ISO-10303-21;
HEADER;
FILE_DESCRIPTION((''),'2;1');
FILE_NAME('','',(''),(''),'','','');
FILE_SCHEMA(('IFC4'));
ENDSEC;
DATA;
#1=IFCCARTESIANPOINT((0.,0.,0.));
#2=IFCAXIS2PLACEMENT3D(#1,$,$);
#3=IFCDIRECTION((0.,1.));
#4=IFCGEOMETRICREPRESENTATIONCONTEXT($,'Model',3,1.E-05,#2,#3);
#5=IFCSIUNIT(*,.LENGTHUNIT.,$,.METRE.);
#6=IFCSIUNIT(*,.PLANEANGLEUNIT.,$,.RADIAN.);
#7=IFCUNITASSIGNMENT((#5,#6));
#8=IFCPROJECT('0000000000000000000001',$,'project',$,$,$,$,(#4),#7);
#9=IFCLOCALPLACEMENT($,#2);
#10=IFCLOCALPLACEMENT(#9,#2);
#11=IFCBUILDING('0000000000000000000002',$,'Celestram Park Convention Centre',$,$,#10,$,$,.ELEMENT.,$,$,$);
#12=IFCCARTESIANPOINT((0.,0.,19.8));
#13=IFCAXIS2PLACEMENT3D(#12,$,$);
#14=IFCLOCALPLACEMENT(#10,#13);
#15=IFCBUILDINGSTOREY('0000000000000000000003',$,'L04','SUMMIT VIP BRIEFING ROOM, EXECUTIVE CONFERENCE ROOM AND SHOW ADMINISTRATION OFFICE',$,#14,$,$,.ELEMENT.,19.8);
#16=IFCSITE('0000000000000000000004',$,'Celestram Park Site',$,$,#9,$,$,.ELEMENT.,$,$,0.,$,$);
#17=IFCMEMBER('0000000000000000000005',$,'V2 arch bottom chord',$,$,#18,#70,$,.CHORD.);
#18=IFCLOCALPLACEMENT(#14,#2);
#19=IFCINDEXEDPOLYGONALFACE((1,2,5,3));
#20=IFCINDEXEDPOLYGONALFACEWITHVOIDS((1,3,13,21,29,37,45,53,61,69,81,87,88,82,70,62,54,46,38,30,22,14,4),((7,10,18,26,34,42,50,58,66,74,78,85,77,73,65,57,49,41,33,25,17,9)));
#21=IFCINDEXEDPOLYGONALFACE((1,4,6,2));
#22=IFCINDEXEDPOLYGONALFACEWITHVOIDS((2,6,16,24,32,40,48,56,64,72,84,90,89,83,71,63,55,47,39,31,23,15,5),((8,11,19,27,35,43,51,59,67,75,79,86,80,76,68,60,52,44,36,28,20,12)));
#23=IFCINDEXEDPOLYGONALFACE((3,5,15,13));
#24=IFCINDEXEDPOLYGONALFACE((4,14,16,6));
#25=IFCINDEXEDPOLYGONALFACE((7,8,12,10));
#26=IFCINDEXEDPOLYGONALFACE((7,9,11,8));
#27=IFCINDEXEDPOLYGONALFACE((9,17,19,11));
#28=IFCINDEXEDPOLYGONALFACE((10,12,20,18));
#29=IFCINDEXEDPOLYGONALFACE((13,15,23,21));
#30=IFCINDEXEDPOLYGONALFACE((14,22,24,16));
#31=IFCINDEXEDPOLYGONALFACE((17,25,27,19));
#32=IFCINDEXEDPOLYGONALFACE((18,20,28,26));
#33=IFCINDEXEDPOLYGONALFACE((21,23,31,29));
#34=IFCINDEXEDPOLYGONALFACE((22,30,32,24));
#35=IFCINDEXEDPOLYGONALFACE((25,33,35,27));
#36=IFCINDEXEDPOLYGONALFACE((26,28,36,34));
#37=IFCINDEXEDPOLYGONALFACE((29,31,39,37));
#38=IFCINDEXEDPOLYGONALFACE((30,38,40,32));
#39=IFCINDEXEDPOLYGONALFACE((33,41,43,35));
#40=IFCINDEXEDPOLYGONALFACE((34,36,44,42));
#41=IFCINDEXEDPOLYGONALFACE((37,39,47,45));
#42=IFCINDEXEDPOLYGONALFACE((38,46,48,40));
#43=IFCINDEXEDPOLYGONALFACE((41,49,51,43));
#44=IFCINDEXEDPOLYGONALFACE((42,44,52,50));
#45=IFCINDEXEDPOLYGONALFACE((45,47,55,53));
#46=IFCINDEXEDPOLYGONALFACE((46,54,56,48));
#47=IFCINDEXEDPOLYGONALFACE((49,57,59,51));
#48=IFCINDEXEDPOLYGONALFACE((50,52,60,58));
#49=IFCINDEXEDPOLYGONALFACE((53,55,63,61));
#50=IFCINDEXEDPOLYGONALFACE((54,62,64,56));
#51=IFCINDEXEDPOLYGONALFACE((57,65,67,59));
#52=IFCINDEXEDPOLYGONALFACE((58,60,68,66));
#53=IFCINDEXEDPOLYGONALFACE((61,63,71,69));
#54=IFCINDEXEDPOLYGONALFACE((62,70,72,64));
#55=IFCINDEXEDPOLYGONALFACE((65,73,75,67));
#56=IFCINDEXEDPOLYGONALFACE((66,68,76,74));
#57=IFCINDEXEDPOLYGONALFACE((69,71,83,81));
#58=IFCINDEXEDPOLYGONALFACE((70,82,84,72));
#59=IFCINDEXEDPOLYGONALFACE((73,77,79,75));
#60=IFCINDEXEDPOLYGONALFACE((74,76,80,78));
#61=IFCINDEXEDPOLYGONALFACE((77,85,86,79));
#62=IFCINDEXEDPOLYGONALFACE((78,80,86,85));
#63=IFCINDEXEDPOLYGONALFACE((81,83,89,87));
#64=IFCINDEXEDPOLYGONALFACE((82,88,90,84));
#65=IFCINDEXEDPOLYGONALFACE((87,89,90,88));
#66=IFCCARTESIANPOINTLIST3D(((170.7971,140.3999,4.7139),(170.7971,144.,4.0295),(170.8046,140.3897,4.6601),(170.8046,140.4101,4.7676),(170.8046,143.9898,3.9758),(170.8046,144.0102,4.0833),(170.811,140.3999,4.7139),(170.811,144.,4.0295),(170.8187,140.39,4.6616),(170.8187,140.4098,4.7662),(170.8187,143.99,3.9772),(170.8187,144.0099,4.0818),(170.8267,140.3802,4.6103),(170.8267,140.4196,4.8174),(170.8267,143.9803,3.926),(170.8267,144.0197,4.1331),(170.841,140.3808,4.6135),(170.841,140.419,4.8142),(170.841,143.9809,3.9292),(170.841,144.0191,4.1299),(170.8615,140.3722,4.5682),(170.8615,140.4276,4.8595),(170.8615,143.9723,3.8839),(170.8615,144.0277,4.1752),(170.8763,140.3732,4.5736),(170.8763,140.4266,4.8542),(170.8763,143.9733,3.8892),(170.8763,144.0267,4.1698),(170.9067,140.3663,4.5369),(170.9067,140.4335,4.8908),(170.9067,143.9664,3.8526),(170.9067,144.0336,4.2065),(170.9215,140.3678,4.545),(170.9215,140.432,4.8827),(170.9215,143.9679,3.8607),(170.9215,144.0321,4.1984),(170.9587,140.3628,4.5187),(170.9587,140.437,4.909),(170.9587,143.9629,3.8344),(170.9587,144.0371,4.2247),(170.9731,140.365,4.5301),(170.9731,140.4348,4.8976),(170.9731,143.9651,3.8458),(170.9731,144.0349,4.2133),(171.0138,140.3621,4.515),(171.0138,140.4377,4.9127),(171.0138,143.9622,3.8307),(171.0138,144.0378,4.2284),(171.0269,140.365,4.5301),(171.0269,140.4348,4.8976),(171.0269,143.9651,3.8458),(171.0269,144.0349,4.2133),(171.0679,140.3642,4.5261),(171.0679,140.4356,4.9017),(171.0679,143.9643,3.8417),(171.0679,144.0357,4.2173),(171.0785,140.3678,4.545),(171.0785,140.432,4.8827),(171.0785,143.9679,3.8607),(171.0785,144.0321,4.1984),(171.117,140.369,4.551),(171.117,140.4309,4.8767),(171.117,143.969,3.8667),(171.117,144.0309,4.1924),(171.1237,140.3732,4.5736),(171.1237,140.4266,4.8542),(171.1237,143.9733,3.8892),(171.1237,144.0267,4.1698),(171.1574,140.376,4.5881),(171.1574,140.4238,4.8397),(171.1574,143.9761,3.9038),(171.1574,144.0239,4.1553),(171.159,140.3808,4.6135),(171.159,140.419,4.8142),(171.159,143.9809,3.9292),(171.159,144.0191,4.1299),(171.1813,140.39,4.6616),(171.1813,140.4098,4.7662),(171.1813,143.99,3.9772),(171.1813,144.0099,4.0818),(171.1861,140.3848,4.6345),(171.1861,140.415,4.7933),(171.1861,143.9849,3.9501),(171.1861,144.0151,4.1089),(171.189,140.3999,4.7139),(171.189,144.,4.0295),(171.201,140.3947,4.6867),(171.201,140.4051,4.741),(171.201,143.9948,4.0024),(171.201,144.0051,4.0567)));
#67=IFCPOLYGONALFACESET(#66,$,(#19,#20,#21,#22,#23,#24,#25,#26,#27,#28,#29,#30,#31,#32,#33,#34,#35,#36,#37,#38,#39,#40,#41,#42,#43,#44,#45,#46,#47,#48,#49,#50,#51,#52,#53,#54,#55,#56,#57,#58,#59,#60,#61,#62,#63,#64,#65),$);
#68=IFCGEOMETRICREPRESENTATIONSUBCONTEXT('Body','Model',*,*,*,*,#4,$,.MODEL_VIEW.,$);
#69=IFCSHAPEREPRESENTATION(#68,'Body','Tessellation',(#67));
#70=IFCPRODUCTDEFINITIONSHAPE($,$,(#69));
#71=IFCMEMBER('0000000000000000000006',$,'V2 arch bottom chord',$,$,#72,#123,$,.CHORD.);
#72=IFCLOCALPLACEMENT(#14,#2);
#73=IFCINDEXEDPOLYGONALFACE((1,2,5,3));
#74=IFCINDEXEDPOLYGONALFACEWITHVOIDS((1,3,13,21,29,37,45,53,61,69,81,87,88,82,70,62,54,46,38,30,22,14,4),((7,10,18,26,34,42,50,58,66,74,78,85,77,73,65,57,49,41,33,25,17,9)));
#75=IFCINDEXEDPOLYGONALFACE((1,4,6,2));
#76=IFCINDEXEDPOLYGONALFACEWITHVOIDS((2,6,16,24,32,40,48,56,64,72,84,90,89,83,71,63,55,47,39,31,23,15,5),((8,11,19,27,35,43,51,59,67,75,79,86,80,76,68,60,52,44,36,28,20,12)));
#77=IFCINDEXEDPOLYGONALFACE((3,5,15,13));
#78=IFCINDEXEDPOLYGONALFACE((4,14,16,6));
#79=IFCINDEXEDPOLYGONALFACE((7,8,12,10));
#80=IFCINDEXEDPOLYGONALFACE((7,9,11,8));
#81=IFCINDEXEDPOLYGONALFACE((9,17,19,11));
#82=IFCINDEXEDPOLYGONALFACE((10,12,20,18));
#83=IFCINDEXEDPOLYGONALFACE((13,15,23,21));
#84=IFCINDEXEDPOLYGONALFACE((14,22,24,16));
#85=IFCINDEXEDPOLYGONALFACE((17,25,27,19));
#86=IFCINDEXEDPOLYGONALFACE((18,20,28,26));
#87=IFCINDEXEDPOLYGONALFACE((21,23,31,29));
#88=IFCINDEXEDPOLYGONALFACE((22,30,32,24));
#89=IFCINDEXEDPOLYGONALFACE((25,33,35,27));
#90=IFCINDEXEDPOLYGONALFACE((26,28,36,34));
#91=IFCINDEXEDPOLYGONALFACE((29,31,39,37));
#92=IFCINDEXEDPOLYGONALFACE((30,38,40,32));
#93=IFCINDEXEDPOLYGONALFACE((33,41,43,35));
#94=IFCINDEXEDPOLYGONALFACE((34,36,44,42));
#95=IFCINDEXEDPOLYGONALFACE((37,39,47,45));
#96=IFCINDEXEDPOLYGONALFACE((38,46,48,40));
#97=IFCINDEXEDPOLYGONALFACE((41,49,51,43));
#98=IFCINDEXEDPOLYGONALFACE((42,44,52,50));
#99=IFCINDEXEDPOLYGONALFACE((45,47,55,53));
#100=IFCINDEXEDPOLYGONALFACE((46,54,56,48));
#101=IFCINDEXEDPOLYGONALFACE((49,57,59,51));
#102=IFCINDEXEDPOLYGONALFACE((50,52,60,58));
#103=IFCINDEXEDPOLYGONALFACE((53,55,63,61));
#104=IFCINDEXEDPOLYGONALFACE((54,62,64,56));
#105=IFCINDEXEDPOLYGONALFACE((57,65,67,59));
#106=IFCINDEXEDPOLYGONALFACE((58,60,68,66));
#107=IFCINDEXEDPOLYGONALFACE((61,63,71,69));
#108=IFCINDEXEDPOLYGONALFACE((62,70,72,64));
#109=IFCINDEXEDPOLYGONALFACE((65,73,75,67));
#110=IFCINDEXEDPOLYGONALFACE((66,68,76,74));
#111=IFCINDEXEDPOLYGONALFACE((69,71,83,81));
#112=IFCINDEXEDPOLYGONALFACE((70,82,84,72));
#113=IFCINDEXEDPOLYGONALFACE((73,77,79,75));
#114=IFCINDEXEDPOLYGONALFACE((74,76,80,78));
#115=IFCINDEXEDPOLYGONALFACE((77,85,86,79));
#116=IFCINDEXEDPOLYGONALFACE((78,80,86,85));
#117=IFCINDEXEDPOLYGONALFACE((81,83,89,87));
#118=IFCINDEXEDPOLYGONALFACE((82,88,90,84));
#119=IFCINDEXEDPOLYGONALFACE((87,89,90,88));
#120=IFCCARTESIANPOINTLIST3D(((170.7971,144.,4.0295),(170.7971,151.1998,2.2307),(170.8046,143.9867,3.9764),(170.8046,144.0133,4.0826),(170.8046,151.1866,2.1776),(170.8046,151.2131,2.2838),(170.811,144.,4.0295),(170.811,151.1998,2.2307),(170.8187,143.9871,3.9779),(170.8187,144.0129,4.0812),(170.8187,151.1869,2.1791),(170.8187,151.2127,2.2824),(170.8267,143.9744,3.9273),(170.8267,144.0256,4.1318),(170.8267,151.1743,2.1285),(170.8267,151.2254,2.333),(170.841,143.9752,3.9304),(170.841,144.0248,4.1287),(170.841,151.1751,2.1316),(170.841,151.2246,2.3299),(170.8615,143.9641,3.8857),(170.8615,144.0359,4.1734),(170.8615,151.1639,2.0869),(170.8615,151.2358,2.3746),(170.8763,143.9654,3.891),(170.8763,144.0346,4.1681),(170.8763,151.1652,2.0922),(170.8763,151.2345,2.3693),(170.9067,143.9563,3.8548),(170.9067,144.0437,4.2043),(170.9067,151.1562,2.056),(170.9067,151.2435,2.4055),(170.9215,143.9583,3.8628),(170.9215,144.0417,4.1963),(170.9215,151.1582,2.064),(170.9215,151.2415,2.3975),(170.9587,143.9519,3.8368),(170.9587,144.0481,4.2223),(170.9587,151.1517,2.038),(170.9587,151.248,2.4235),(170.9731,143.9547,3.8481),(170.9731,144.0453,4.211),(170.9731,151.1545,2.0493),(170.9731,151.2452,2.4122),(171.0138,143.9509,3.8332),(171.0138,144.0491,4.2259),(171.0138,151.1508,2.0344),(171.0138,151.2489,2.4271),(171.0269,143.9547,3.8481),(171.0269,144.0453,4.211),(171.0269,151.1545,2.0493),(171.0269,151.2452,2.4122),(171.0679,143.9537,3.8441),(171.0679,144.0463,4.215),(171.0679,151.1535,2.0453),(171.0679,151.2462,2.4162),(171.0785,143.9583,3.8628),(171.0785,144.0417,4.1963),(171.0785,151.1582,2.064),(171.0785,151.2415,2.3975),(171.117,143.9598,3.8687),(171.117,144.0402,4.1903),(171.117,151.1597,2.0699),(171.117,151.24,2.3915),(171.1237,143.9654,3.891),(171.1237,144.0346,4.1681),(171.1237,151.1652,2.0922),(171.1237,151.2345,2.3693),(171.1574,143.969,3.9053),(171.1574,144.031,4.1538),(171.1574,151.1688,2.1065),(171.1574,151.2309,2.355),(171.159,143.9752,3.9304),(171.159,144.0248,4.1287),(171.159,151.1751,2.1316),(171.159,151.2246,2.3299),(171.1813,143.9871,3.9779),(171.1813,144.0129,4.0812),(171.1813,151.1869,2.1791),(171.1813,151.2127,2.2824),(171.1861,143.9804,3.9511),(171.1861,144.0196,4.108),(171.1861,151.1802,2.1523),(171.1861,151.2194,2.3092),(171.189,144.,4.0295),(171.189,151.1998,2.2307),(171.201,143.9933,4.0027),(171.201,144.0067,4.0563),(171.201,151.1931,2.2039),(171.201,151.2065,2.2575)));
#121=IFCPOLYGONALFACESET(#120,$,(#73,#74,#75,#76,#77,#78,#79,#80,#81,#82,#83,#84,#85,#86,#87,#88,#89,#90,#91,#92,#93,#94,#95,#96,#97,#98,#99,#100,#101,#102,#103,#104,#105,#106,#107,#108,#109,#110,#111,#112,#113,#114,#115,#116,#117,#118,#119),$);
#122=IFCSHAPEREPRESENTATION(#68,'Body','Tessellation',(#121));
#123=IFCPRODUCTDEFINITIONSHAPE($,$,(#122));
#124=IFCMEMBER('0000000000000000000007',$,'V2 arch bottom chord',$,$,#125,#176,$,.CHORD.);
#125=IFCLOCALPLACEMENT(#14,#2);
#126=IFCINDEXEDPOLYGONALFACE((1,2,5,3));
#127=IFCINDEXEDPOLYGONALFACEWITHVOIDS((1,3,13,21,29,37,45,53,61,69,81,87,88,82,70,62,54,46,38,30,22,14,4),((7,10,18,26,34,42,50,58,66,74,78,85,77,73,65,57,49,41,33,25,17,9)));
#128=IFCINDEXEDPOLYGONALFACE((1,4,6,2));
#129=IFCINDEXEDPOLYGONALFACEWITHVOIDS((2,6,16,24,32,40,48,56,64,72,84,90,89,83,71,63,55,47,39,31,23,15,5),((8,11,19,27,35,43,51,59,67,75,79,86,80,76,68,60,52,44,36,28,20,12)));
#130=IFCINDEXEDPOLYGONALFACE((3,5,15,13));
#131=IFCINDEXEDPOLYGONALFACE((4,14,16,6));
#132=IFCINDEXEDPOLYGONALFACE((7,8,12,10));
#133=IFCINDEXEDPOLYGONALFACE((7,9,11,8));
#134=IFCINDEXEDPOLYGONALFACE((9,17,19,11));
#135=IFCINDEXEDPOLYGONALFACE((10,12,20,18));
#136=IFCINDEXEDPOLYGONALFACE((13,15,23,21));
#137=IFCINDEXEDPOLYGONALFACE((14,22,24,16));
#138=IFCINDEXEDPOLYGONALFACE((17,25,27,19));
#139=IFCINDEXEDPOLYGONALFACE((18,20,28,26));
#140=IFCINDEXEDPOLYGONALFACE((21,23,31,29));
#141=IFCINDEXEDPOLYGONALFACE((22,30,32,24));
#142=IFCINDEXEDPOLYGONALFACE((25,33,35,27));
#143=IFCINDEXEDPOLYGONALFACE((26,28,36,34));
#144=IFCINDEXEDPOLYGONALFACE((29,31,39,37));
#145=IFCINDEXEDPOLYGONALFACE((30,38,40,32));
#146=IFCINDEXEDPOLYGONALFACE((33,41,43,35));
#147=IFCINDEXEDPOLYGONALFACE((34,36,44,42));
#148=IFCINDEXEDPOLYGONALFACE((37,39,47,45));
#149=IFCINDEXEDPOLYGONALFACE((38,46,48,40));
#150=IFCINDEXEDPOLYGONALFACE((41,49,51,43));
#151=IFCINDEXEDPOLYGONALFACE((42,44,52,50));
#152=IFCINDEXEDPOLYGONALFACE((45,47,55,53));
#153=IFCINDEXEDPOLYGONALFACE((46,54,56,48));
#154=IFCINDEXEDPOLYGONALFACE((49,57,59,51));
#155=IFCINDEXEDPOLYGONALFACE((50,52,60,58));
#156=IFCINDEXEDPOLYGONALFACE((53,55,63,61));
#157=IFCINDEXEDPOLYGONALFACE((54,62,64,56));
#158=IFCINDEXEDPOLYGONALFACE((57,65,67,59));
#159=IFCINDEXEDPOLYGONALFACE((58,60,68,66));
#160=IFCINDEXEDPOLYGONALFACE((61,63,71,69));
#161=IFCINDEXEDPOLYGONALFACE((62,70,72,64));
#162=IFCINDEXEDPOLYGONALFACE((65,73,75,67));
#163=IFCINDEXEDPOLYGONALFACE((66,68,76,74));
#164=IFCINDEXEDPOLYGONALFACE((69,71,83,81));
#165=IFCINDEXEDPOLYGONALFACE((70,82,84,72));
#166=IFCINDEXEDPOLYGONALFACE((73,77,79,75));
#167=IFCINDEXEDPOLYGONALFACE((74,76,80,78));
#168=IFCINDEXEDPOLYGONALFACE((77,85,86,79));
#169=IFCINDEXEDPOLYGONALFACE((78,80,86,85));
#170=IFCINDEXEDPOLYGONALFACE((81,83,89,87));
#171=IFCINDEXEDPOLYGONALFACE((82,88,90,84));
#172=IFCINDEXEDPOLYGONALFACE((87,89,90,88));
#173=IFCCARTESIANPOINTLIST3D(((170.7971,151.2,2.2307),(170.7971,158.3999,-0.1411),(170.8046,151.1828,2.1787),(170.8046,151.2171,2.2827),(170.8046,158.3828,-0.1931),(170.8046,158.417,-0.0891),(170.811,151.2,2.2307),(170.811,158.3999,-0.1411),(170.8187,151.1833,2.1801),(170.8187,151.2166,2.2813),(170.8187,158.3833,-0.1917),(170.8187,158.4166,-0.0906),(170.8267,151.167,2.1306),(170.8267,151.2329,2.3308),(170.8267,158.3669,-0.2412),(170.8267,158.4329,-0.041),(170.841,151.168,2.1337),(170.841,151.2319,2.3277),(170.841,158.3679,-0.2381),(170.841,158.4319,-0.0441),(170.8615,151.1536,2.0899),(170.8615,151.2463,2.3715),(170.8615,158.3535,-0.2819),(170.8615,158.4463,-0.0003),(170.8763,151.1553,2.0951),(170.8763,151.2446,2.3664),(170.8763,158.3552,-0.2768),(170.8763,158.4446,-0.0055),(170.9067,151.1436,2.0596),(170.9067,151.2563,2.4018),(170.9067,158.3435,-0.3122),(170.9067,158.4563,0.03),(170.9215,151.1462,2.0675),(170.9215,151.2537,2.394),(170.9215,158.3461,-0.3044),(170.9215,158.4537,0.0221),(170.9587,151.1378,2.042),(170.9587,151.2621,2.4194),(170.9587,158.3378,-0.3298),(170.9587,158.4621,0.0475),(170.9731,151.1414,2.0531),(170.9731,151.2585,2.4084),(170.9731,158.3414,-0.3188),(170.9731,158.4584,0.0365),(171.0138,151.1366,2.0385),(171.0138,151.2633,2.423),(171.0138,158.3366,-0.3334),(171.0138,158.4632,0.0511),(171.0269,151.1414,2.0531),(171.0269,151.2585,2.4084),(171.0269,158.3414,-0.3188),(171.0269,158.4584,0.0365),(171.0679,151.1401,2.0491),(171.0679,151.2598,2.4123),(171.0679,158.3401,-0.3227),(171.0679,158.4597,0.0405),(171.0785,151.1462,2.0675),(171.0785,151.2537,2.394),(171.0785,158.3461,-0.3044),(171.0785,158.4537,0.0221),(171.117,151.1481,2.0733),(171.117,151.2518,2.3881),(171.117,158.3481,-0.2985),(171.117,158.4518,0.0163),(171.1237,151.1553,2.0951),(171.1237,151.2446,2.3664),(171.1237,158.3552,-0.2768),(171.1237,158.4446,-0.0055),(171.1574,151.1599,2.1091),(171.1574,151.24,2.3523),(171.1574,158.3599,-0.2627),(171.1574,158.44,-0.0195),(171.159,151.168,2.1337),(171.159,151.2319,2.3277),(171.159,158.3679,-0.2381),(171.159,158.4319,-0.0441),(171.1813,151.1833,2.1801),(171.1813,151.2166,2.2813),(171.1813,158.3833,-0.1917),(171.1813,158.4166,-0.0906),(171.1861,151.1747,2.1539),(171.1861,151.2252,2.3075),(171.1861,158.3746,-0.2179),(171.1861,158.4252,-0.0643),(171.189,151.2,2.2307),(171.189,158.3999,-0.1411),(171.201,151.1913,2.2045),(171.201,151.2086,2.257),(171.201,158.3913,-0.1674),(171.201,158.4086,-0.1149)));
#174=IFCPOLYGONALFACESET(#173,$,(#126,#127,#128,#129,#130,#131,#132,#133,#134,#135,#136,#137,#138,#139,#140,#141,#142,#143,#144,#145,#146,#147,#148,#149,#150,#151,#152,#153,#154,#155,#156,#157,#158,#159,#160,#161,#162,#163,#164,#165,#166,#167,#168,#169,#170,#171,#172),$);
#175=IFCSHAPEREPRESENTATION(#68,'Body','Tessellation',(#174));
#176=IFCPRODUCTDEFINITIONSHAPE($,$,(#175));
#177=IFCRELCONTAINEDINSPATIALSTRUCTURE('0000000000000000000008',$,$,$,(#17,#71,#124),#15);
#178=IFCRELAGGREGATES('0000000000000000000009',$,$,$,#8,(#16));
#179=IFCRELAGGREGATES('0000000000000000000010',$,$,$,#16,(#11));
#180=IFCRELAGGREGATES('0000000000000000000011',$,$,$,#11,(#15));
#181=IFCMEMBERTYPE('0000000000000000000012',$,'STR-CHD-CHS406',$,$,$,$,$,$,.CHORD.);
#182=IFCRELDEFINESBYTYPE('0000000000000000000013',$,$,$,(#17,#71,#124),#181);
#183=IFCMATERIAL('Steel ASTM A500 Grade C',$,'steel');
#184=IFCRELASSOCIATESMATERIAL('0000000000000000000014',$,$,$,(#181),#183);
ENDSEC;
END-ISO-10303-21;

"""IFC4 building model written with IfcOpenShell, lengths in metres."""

from ifc_helpers import new_model, si_unit, direction, frame, origin, origin_2d, place, context, subcontext, project, spatial, hollow_circle, extrude, material, material_profile, profile_set, type_object, element, save


model = new_model("IFC4")

# Units and contexts
model_context = context("Model", 3, precision=1e-05, world=origin(), true_north=direction((0.0, 1.0)))
body_context = subcontext(model_context, "Body", "Model", "MODEL_VIEW")
ifc_project = project(units=[si_unit("LENGTHUNIT", "METRE"), si_unit("PLANEANGLEUNIT", "RADIAN")], contexts=[model_context])

# Site, building, storey
site_placement = place(None, origin())
site = spatial("IfcSite", under=ifc_project, at=site_placement, Name="Celestram Park Site", CompositionType="ELEMENT", RefElevation=0.0)
building_placement = place(site_placement, origin())
building = spatial("IfcBuilding", under=site, at=building_placement, Name="Celestram Park Convention Centre", CompositionType="ELEMENT")
storey_placement = place(building_placement, frame((0.0, 0.0, 19.8)))
storey = spatial("IfcBuildingStorey", under=building, at=storey_placement, Name="L04", Description="SUMMIT VIP BRIEFING ROOM, EXECUTIVE CONFERENCE ROOM AND SHOW ADMINISTRATION OFFICE", CompositionType="ELEMENT", Elevation=19.8)

# Members
ifc_material_1 = material(Name="Steel ASTM A500 Grade C", Category="steel")
ifc_material_profile_1 = material_profile(ifc_material_1, hollow_circle(Radius=0.2029, WallThickness=0.0139, at=origin_2d()), Name="CHS406X14")
ifc_profile_set_1 = profile_set([ifc_material_profile_1], Name="Steel ASTM A500 Grade C")
member_type_1 = type_object("IfcMemberType", Name="STR-CHD-CHS406", PredefinedType="CHORD", material=ifc_profile_set_1)
member_1_placement = place(storey_placement, frame((171.0, 140.3999, 4.7139), z_axis=(0.0, 0.982409, -0.186742), x_axis=(-1.0, 0.0, 0.0)))
element("IfcMember", 1, at=member_1_placement, inside=storey, type_object=member_type_1, Name="V2 arch bottom chord", PredefinedType="CHORD", context=body_context, shape_type="SweptSolid", body=[
    extrude(hollow_circle(Radius=0.2029, WallThickness=0.0139, at=origin_2d()), origin(), (0.0, 0.0, 1.0), 3.6646),
])
member_2_placement = place(storey_placement, frame((171.0, 144.0, 4.0295), z_axis=(0.0, 0.970179, -0.242389), x_axis=(-1.0, 0.0, 0.0)))
element("IfcMember", 2, at=member_2_placement, inside=storey, type_object=member_type_1, Name="V2 arch bottom chord", PredefinedType="CHORD", context=body_context, shape_type="SweptSolid", body=[
    extrude(hollow_circle(Radius=0.2029, WallThickness=0.0139, at=origin_2d()), origin(), (0.0, 0.0, 1.0), 7.4211),
])
member_3_placement = place(storey_placement, frame((171.0, 151.2, 2.2307), z_axis=(0.0, 0.949792, -0.312883), x_axis=(-1.0, 0.0, 0.0)))
element("IfcMember", 3, at=member_3_placement, inside=storey, type_object=member_type_1, Name="V2 arch bottom chord", PredefinedType="CHORD", context=body_context, shape_type="SweptSolid", body=[
    extrude(hollow_circle(Radius=0.2029, WallThickness=0.0139, at=origin_2d()), origin(), (0.0, 0.0, 1.0), 7.5806),
])

save(model, "model.ifc")
